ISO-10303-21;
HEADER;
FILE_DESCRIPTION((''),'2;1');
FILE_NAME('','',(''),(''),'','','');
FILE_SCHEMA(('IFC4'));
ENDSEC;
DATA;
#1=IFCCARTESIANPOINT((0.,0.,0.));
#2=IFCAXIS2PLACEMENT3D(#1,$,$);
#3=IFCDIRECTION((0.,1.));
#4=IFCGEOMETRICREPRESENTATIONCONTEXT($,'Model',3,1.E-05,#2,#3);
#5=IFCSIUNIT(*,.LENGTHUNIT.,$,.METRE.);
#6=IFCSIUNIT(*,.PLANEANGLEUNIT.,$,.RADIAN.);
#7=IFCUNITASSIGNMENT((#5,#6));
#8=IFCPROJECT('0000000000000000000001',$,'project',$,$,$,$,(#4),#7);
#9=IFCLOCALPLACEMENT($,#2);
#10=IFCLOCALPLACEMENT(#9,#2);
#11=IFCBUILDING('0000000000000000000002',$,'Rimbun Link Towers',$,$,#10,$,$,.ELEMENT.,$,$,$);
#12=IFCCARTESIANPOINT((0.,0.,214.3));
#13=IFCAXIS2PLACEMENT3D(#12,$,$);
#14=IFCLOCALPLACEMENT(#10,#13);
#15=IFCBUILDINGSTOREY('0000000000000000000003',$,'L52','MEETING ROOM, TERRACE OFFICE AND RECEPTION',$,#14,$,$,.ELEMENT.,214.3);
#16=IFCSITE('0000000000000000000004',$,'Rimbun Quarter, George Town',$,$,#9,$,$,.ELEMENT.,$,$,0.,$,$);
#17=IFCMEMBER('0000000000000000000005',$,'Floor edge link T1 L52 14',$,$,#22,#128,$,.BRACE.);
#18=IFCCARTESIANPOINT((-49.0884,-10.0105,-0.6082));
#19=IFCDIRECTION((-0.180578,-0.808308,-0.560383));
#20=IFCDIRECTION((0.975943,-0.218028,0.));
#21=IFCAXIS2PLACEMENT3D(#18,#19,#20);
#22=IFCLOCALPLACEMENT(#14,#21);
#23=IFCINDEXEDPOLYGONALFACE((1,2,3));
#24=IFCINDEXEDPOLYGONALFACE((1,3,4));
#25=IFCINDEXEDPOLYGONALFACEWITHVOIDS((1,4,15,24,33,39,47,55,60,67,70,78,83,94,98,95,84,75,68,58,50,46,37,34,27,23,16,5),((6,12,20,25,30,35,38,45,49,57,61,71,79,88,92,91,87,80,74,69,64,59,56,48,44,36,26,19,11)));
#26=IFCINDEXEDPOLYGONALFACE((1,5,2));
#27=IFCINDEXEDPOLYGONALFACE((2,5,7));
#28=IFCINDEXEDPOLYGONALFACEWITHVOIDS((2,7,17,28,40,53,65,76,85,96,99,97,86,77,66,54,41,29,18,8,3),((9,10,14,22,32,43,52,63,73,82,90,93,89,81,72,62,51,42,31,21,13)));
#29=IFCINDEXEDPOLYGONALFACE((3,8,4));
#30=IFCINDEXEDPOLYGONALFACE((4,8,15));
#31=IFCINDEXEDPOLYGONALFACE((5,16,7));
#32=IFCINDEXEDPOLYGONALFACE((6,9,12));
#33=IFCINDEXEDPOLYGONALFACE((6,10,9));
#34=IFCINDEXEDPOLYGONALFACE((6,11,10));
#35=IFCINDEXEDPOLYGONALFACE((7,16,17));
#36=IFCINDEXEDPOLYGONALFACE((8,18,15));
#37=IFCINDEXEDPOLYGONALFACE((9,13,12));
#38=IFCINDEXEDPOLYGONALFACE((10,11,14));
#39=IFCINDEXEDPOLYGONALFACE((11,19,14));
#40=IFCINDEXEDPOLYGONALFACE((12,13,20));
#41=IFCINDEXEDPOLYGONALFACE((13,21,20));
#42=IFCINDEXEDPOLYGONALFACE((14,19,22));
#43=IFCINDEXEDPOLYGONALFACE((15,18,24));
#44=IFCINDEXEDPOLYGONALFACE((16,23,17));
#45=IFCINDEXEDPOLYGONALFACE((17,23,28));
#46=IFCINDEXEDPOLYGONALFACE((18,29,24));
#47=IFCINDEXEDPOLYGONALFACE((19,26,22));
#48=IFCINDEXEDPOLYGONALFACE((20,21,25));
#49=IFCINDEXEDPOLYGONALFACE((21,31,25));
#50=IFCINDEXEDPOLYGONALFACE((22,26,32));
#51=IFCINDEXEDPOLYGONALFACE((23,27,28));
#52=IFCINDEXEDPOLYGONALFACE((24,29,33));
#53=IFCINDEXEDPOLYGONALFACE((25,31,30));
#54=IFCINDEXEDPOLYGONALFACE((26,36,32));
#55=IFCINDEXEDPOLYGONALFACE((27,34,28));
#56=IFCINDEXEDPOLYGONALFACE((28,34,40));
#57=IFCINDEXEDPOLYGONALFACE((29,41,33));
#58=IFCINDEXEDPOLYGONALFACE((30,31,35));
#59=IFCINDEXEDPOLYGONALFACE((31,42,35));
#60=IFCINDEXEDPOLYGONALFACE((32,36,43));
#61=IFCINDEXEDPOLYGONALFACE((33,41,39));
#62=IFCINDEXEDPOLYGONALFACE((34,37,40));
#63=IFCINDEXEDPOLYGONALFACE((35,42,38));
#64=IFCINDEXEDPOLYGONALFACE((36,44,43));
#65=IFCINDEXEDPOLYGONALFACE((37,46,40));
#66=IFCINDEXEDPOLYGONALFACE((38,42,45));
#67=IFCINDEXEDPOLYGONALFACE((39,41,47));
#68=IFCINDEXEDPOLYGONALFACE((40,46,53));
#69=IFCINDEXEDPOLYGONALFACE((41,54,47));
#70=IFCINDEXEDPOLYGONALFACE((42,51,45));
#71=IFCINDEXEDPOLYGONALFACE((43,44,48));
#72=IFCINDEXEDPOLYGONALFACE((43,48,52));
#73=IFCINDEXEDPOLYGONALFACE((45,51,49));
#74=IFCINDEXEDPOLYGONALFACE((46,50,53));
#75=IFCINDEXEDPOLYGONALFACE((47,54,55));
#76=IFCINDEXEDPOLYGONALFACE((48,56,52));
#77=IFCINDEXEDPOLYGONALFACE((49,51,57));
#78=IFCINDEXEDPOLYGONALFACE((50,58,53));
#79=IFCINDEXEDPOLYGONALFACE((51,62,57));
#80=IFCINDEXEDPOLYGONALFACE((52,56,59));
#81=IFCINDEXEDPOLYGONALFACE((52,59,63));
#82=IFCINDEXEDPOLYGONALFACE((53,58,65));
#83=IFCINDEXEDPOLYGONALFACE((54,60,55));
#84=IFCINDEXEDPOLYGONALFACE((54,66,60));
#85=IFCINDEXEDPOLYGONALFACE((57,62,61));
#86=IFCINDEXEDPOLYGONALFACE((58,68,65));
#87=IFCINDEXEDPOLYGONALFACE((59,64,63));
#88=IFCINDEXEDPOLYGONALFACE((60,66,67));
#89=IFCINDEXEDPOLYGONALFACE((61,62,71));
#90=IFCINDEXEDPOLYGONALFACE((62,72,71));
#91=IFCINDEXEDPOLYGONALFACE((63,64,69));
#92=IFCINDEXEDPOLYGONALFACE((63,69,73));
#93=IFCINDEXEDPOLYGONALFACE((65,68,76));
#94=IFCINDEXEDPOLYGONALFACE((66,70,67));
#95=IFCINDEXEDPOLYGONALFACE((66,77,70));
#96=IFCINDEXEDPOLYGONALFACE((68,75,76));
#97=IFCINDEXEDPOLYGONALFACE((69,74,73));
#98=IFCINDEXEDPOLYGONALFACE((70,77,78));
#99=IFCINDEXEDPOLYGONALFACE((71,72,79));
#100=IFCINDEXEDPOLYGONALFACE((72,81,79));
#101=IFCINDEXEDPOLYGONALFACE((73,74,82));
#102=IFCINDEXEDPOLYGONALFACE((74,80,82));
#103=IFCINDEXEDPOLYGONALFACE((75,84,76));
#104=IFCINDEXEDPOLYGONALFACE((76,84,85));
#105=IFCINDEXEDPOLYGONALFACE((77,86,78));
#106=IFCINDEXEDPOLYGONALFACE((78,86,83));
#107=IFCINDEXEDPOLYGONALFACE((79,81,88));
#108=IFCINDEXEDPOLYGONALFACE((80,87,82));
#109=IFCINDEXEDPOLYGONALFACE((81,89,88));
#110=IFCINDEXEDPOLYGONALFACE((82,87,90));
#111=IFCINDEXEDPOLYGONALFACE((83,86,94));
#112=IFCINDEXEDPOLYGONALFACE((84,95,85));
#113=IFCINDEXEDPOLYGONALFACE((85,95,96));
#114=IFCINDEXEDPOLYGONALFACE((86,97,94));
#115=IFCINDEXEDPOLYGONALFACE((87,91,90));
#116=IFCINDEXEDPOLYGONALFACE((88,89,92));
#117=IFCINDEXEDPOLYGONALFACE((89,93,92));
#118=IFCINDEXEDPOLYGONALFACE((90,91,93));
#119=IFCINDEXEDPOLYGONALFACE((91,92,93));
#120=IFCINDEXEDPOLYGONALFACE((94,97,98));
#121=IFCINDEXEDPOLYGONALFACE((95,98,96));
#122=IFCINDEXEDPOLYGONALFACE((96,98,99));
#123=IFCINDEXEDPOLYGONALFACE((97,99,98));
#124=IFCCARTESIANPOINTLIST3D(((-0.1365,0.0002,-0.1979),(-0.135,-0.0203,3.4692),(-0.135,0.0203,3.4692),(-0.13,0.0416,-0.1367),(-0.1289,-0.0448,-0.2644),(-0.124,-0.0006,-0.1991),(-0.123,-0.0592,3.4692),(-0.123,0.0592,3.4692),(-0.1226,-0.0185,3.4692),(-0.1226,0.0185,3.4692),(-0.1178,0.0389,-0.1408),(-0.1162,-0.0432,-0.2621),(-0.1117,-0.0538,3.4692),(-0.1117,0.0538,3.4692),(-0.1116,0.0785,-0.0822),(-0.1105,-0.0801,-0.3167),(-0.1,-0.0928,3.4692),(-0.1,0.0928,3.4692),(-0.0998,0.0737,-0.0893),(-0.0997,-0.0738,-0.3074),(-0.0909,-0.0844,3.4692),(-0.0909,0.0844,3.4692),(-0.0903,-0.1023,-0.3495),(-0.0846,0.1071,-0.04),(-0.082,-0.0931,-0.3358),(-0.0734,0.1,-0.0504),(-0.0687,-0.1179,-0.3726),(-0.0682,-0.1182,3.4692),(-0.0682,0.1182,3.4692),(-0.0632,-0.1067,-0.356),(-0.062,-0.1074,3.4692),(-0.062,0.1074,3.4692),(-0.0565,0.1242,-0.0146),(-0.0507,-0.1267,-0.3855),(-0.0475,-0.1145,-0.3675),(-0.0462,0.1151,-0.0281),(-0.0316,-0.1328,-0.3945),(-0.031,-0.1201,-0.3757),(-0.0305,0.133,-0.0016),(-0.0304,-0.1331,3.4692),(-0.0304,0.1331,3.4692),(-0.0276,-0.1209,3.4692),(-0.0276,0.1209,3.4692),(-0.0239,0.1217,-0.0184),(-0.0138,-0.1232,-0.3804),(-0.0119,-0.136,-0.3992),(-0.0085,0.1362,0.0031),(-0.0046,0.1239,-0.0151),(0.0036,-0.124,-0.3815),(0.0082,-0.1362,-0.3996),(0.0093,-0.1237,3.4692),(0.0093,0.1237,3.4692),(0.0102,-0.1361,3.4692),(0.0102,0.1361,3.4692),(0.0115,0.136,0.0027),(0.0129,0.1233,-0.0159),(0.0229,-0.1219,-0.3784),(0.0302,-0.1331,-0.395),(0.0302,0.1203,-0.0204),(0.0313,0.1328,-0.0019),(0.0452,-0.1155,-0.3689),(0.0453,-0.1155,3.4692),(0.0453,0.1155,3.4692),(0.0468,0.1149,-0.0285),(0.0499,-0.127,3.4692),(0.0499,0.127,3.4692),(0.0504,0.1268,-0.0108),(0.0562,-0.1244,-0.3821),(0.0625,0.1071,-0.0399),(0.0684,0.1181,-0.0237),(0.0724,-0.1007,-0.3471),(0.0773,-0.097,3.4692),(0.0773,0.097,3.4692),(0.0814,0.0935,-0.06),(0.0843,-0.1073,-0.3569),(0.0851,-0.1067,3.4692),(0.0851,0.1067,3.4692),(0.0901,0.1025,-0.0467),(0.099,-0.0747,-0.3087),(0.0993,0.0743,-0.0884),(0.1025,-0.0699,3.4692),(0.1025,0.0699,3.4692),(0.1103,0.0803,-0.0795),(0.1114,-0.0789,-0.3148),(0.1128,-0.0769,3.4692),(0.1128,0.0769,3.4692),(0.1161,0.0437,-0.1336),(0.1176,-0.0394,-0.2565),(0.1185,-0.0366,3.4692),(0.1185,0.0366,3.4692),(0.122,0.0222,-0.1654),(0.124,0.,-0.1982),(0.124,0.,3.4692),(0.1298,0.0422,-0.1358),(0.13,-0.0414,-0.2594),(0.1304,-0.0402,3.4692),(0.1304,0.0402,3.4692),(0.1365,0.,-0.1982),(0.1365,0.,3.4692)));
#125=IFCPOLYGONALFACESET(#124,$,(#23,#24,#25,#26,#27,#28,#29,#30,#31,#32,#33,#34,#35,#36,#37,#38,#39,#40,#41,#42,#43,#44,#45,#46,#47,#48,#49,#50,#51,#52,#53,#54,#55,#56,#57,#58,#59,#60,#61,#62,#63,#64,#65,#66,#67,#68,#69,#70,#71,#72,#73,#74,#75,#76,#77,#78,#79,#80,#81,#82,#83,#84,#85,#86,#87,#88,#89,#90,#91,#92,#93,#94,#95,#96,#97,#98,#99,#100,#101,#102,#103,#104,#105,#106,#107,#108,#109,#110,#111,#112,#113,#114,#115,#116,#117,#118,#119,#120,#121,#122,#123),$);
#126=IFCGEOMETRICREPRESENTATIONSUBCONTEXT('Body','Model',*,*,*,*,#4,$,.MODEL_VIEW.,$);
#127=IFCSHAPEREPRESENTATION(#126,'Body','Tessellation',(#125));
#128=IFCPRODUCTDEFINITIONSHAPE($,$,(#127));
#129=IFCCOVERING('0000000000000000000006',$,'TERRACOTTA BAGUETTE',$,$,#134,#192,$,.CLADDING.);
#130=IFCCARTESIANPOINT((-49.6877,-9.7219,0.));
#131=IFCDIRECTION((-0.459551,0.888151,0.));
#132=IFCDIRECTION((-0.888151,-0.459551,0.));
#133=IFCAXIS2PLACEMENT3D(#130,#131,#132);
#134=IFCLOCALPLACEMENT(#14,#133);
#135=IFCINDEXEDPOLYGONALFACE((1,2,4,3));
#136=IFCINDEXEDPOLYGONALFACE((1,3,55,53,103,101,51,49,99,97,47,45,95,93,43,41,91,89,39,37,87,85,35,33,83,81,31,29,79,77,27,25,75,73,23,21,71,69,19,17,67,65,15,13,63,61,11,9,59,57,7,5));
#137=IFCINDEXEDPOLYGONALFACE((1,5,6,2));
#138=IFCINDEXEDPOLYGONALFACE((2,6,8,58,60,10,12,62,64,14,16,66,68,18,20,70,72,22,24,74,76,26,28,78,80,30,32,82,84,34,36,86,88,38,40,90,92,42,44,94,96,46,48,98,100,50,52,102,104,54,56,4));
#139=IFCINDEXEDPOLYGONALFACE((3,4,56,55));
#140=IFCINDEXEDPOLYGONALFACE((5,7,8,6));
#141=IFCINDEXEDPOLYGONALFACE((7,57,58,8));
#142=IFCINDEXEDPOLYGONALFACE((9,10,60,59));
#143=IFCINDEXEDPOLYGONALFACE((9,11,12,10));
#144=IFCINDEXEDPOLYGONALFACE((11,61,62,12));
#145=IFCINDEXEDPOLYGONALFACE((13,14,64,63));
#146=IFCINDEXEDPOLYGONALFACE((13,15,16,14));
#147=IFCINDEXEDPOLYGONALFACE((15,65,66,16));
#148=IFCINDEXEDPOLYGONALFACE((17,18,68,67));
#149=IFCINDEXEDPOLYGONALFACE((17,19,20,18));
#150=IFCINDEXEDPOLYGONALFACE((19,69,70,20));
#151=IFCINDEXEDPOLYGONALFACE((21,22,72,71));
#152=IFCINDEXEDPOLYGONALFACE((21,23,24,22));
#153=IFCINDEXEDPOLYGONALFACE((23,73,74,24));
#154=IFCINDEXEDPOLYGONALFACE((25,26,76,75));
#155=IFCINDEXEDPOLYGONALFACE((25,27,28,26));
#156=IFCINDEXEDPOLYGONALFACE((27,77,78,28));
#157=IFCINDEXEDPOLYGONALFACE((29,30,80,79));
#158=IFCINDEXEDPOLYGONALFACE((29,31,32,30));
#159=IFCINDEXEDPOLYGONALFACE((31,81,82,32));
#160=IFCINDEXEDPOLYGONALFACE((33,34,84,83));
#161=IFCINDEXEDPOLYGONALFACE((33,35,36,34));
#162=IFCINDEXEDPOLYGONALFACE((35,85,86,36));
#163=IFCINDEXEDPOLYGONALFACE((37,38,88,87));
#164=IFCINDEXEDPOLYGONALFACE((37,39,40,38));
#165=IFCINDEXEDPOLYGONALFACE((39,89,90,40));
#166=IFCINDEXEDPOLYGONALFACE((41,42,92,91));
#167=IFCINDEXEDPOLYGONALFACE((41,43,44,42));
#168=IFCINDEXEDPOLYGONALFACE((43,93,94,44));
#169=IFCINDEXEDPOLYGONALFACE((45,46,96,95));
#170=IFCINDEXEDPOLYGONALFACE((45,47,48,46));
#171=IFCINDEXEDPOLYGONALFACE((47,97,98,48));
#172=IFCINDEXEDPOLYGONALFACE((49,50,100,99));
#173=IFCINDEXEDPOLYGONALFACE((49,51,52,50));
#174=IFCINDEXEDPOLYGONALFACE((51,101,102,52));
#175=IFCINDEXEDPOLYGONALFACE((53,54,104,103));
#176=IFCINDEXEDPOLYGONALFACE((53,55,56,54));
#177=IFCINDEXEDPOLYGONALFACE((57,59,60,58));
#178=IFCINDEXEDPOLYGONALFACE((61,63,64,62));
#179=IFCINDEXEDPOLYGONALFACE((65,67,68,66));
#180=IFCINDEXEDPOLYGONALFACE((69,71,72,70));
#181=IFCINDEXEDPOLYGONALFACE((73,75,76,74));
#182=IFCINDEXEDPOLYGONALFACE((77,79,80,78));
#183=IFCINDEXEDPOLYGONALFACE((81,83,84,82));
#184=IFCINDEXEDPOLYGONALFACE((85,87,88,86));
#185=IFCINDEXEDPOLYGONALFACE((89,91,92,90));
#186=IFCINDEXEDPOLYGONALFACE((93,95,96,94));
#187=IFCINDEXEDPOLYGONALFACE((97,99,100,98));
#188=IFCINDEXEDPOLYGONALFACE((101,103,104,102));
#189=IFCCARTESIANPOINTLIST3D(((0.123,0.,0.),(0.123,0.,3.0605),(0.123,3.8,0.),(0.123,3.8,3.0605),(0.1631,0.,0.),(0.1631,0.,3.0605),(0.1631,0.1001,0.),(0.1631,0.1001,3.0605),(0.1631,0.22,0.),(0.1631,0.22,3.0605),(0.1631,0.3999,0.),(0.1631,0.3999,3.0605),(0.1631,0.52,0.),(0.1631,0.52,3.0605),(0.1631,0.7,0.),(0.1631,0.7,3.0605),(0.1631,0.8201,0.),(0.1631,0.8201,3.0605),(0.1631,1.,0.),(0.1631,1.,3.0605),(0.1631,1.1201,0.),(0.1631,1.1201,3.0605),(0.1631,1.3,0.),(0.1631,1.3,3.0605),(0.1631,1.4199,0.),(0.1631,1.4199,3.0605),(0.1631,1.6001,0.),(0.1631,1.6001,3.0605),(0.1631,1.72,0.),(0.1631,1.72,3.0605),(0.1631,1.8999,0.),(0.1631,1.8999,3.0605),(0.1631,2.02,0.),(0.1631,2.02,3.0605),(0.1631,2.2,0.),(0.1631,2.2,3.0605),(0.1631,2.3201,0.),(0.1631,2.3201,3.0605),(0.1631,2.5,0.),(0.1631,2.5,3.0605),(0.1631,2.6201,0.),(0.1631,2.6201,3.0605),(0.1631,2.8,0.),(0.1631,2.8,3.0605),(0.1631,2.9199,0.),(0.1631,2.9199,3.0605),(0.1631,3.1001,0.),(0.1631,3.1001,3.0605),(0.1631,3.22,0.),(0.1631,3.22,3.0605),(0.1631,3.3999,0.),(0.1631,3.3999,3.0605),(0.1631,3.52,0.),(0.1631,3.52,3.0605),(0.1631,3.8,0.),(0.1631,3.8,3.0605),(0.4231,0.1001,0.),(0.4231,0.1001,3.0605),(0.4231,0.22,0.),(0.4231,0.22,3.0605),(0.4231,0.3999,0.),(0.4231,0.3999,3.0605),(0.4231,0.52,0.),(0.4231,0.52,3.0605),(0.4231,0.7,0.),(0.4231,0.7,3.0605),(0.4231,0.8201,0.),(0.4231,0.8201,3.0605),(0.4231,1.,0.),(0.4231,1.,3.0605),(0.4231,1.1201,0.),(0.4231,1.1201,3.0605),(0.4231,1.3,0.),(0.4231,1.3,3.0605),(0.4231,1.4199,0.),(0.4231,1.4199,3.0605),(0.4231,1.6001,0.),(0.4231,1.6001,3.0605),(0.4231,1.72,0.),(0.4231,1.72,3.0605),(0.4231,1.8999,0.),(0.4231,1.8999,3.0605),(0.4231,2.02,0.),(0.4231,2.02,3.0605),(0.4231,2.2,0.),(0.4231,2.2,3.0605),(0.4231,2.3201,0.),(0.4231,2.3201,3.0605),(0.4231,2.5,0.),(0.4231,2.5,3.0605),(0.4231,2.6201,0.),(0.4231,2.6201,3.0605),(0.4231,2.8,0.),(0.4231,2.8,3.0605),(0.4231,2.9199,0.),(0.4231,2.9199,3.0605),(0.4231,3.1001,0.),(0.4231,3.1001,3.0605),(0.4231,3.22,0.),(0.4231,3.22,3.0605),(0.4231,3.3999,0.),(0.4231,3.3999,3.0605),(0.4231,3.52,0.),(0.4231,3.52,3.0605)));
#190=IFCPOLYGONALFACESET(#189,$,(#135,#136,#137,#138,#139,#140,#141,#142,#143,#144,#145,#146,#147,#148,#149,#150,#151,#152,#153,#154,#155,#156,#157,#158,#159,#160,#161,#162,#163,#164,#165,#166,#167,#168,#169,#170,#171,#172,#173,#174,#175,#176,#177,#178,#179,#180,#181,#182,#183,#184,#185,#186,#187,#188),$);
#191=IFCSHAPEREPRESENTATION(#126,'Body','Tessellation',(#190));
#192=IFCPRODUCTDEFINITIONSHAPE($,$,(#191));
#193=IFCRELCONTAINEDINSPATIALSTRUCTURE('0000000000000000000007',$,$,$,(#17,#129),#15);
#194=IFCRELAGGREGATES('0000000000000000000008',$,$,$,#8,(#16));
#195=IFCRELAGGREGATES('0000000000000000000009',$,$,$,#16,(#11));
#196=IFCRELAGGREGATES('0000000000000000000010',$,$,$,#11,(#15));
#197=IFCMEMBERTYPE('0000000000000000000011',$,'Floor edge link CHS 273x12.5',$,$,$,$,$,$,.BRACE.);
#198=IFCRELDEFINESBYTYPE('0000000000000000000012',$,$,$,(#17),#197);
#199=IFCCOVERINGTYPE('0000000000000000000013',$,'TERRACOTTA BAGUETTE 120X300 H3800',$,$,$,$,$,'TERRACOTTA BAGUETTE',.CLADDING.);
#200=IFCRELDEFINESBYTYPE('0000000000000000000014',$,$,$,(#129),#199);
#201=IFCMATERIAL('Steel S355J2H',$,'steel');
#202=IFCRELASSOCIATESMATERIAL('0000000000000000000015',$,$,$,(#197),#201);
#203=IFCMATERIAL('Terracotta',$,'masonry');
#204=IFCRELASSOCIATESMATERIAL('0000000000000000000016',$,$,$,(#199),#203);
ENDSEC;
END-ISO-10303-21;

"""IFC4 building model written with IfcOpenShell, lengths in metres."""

from ifc_helpers import new_model, si_unit, direction, frame, origin, origin_2d, place, context, subcontext, project, spatial, polyline, hollow_circle, outline, extrude, clip, halfspace, material, material_profile, profile_set, type_object, element, save


model = new_model("IFC4")

# Units and contexts
model_context = context("Model", 3, precision=1e-05, world=origin(), true_north=direction((0.0, 1.0)))
body_context = subcontext(model_context, "Body", "Model", "MODEL_VIEW")
ifc_project = project(units=[si_unit("LENGTHUNIT", "METRE"), si_unit("PLANEANGLEUNIT", "RADIAN")], contexts=[model_context])

# Site, building, storey
site_placement = place(None, origin())
site = spatial("IfcSite", under=ifc_project, at=site_placement, Name="Rimbun Quarter, George Town", CompositionType="ELEMENT", RefElevation=0.0)
building_placement = place(site_placement, origin())
building = spatial("IfcBuilding", under=site, at=building_placement, Name="Rimbun Link Towers", CompositionType="ELEMENT")
storey_placement = place(building_placement, frame((0.0, 0.0, 214.3)))
storey = spatial("IfcBuildingStorey", under=building, at=storey_placement, Name="L52", Description="MEETING ROOM, TERRACE OFFICE AND RECEPTION", CompositionType="ELEMENT", Elevation=214.3)

# Member
ifc_material_1 = material(Name="Steel S355J2H", Category="steel")
ifc_material_profile_1 = material_profile(ifc_material_1, hollow_circle(Radius=0.1365, WallThickness=0.0125, at=origin_2d()), Name="CHS 273x12.5")
ifc_profile_set_1 = profile_set([ifc_material_profile_1], Name="Steel S355J2H")
member_type_1 = type_object("IfcMemberType", Name="Floor edge link CHS 273x12.5", PredefinedType="BRACE", material=ifc_profile_set_1)
member_1_placement = place(storey_placement, frame((-49.0884, -10.0105, -0.6082), z_axis=(-0.180578, -0.808308, -0.560383), x_axis=(0.975943, -0.218028, 0.0)))
element("IfcMember", 1, at=member_1_placement, inside=storey, type_object=member_type_1, Name="Floor edge link T1 L52 14", PredefinedType="BRACE", context=body_context, shape_type="Clipping", body=[
    clip(extrude(hollow_circle(Radius=0.1365, WallThickness=0.0125, at=origin_2d()), frame((0.0, 0.0, -0.4214)), (0.0, 0.0, 1.0), 3.8906), halfspace(frame((0.0, 0.0, -0.1982), z_axis=(0.0, 0.828234, -0.560383)), False)),
])

# Covering
ifc_material_2 = material(Name="Terracotta", Category="masonry")
ifc_material_profile_2 = material_profile(ifc_material_2, outline(polyline([(0.123, 0.0), (0.1631, 0.0), (0.1631, 0.1001), (0.4231, 0.1001), (0.4231, 0.22), (0.1631, 0.22), (0.1631, 0.3999), (0.4231, 0.3999), (0.4231, 0.52), (0.1631, 0.52), (0.1631, 0.7), (0.4231, 0.7), (0.4231, 0.8201), (0.1631, 0.8201), (0.1631, 1.0), (0.4231, 1.0), (0.4231, 1.1201), (0.1631, 1.1201), (0.1631, 1.3), (0.4231, 1.3), (0.4231, 1.4199), (0.1631, 1.4199), (0.1631, 1.6001), (0.4231, 1.6001), (0.4231, 1.72), (0.1631, 1.72), (0.1631, 1.8999), (0.4231, 1.8999), (0.4231, 2.02), (0.1631, 2.02), (0.1631, 2.2), (0.4231, 2.2), (0.4231, 2.3201), (0.1631, 2.3201), (0.1631, 2.5), (0.4231, 2.5), (0.4231, 2.6201), (0.1631, 2.6201), (0.1631, 2.8), (0.4231, 2.8), (0.4231, 2.9199), (0.1631, 2.9199), (0.1631, 3.1001), (0.4231, 3.1001), (0.4231, 3.22), (0.1631, 3.22), (0.1631, 3.3999), (0.4231, 3.3999), (0.4231, 3.52), (0.1631, 3.52), (0.1631, 3.8), (0.123, 3.8), (0.123, 0.0)])), Name="BAGUETTE 120X300")
ifc_profile_set_2 = profile_set([ifc_material_profile_2], Name="Terracotta")
covering_type = type_object("IfcCoveringType", Name="TERRACOTTA BAGUETTE 120X300 H3800", ElementType="TERRACOTTA BAGUETTE", PredefinedType="CLADDING", material=ifc_profile_set_2)
covering_1_placement = place(storey_placement, frame((-49.6877, -9.7219, 0.0), z_axis=(-0.459551, 0.888151, 0.0), x_axis=(-0.888151, -0.459551, 0.0)))
element("IfcCovering", 2, at=covering_1_placement, inside=storey, type_object=covering_type, Name="TERRACOTTA BAGUETTE", PredefinedType="CLADDING", context=body_context, shape_type="SweptSolid", body=[
    extrude(outline(polyline([(0.123, 0.0), (0.1631, 0.0), (0.1631, 0.1001), (0.4231, 0.1001), (0.4231, 0.22), (0.1631, 0.22), (0.1631, 0.3999), (0.4231, 0.3999), (0.4231, 0.52), (0.1631, 0.52), (0.1631, 0.7), (0.4231, 0.7), (0.4231, 0.8201), (0.1631, 0.8201), (0.1631, 1.0), (0.4231, 1.0), (0.4231, 1.1201), (0.1631, 1.1201), (0.1631, 1.3), (0.4231, 1.3), (0.4231, 1.4199), (0.1631, 1.4199), (0.1631, 1.6001), (0.4231, 1.6001), (0.4231, 1.72), (0.1631, 1.72), (0.1631, 1.8999), (0.4231, 1.8999), (0.4231, 2.02), (0.1631, 2.02), (0.1631, 2.2), (0.4231, 2.2), (0.4231, 2.3201), (0.1631, 2.3201), (0.1631, 2.5), (0.4231, 2.5), (0.4231, 2.6201), (0.1631, 2.6201), (0.1631, 2.8), (0.4231, 2.8), (0.4231, 2.9199), (0.1631, 2.9199), (0.1631, 3.1001), (0.4231, 3.1001), (0.4231, 3.22), (0.1631, 3.22), (0.1631, 3.3999), (0.4231, 3.3999), (0.4231, 3.52), (0.1631, 3.52), (0.1631, 3.8), (0.123, 3.8), (0.123, 0.0)])), origin(), (0.0, 0.0, 1.0), 3.0605),
])

save(model, "model.ifc")
